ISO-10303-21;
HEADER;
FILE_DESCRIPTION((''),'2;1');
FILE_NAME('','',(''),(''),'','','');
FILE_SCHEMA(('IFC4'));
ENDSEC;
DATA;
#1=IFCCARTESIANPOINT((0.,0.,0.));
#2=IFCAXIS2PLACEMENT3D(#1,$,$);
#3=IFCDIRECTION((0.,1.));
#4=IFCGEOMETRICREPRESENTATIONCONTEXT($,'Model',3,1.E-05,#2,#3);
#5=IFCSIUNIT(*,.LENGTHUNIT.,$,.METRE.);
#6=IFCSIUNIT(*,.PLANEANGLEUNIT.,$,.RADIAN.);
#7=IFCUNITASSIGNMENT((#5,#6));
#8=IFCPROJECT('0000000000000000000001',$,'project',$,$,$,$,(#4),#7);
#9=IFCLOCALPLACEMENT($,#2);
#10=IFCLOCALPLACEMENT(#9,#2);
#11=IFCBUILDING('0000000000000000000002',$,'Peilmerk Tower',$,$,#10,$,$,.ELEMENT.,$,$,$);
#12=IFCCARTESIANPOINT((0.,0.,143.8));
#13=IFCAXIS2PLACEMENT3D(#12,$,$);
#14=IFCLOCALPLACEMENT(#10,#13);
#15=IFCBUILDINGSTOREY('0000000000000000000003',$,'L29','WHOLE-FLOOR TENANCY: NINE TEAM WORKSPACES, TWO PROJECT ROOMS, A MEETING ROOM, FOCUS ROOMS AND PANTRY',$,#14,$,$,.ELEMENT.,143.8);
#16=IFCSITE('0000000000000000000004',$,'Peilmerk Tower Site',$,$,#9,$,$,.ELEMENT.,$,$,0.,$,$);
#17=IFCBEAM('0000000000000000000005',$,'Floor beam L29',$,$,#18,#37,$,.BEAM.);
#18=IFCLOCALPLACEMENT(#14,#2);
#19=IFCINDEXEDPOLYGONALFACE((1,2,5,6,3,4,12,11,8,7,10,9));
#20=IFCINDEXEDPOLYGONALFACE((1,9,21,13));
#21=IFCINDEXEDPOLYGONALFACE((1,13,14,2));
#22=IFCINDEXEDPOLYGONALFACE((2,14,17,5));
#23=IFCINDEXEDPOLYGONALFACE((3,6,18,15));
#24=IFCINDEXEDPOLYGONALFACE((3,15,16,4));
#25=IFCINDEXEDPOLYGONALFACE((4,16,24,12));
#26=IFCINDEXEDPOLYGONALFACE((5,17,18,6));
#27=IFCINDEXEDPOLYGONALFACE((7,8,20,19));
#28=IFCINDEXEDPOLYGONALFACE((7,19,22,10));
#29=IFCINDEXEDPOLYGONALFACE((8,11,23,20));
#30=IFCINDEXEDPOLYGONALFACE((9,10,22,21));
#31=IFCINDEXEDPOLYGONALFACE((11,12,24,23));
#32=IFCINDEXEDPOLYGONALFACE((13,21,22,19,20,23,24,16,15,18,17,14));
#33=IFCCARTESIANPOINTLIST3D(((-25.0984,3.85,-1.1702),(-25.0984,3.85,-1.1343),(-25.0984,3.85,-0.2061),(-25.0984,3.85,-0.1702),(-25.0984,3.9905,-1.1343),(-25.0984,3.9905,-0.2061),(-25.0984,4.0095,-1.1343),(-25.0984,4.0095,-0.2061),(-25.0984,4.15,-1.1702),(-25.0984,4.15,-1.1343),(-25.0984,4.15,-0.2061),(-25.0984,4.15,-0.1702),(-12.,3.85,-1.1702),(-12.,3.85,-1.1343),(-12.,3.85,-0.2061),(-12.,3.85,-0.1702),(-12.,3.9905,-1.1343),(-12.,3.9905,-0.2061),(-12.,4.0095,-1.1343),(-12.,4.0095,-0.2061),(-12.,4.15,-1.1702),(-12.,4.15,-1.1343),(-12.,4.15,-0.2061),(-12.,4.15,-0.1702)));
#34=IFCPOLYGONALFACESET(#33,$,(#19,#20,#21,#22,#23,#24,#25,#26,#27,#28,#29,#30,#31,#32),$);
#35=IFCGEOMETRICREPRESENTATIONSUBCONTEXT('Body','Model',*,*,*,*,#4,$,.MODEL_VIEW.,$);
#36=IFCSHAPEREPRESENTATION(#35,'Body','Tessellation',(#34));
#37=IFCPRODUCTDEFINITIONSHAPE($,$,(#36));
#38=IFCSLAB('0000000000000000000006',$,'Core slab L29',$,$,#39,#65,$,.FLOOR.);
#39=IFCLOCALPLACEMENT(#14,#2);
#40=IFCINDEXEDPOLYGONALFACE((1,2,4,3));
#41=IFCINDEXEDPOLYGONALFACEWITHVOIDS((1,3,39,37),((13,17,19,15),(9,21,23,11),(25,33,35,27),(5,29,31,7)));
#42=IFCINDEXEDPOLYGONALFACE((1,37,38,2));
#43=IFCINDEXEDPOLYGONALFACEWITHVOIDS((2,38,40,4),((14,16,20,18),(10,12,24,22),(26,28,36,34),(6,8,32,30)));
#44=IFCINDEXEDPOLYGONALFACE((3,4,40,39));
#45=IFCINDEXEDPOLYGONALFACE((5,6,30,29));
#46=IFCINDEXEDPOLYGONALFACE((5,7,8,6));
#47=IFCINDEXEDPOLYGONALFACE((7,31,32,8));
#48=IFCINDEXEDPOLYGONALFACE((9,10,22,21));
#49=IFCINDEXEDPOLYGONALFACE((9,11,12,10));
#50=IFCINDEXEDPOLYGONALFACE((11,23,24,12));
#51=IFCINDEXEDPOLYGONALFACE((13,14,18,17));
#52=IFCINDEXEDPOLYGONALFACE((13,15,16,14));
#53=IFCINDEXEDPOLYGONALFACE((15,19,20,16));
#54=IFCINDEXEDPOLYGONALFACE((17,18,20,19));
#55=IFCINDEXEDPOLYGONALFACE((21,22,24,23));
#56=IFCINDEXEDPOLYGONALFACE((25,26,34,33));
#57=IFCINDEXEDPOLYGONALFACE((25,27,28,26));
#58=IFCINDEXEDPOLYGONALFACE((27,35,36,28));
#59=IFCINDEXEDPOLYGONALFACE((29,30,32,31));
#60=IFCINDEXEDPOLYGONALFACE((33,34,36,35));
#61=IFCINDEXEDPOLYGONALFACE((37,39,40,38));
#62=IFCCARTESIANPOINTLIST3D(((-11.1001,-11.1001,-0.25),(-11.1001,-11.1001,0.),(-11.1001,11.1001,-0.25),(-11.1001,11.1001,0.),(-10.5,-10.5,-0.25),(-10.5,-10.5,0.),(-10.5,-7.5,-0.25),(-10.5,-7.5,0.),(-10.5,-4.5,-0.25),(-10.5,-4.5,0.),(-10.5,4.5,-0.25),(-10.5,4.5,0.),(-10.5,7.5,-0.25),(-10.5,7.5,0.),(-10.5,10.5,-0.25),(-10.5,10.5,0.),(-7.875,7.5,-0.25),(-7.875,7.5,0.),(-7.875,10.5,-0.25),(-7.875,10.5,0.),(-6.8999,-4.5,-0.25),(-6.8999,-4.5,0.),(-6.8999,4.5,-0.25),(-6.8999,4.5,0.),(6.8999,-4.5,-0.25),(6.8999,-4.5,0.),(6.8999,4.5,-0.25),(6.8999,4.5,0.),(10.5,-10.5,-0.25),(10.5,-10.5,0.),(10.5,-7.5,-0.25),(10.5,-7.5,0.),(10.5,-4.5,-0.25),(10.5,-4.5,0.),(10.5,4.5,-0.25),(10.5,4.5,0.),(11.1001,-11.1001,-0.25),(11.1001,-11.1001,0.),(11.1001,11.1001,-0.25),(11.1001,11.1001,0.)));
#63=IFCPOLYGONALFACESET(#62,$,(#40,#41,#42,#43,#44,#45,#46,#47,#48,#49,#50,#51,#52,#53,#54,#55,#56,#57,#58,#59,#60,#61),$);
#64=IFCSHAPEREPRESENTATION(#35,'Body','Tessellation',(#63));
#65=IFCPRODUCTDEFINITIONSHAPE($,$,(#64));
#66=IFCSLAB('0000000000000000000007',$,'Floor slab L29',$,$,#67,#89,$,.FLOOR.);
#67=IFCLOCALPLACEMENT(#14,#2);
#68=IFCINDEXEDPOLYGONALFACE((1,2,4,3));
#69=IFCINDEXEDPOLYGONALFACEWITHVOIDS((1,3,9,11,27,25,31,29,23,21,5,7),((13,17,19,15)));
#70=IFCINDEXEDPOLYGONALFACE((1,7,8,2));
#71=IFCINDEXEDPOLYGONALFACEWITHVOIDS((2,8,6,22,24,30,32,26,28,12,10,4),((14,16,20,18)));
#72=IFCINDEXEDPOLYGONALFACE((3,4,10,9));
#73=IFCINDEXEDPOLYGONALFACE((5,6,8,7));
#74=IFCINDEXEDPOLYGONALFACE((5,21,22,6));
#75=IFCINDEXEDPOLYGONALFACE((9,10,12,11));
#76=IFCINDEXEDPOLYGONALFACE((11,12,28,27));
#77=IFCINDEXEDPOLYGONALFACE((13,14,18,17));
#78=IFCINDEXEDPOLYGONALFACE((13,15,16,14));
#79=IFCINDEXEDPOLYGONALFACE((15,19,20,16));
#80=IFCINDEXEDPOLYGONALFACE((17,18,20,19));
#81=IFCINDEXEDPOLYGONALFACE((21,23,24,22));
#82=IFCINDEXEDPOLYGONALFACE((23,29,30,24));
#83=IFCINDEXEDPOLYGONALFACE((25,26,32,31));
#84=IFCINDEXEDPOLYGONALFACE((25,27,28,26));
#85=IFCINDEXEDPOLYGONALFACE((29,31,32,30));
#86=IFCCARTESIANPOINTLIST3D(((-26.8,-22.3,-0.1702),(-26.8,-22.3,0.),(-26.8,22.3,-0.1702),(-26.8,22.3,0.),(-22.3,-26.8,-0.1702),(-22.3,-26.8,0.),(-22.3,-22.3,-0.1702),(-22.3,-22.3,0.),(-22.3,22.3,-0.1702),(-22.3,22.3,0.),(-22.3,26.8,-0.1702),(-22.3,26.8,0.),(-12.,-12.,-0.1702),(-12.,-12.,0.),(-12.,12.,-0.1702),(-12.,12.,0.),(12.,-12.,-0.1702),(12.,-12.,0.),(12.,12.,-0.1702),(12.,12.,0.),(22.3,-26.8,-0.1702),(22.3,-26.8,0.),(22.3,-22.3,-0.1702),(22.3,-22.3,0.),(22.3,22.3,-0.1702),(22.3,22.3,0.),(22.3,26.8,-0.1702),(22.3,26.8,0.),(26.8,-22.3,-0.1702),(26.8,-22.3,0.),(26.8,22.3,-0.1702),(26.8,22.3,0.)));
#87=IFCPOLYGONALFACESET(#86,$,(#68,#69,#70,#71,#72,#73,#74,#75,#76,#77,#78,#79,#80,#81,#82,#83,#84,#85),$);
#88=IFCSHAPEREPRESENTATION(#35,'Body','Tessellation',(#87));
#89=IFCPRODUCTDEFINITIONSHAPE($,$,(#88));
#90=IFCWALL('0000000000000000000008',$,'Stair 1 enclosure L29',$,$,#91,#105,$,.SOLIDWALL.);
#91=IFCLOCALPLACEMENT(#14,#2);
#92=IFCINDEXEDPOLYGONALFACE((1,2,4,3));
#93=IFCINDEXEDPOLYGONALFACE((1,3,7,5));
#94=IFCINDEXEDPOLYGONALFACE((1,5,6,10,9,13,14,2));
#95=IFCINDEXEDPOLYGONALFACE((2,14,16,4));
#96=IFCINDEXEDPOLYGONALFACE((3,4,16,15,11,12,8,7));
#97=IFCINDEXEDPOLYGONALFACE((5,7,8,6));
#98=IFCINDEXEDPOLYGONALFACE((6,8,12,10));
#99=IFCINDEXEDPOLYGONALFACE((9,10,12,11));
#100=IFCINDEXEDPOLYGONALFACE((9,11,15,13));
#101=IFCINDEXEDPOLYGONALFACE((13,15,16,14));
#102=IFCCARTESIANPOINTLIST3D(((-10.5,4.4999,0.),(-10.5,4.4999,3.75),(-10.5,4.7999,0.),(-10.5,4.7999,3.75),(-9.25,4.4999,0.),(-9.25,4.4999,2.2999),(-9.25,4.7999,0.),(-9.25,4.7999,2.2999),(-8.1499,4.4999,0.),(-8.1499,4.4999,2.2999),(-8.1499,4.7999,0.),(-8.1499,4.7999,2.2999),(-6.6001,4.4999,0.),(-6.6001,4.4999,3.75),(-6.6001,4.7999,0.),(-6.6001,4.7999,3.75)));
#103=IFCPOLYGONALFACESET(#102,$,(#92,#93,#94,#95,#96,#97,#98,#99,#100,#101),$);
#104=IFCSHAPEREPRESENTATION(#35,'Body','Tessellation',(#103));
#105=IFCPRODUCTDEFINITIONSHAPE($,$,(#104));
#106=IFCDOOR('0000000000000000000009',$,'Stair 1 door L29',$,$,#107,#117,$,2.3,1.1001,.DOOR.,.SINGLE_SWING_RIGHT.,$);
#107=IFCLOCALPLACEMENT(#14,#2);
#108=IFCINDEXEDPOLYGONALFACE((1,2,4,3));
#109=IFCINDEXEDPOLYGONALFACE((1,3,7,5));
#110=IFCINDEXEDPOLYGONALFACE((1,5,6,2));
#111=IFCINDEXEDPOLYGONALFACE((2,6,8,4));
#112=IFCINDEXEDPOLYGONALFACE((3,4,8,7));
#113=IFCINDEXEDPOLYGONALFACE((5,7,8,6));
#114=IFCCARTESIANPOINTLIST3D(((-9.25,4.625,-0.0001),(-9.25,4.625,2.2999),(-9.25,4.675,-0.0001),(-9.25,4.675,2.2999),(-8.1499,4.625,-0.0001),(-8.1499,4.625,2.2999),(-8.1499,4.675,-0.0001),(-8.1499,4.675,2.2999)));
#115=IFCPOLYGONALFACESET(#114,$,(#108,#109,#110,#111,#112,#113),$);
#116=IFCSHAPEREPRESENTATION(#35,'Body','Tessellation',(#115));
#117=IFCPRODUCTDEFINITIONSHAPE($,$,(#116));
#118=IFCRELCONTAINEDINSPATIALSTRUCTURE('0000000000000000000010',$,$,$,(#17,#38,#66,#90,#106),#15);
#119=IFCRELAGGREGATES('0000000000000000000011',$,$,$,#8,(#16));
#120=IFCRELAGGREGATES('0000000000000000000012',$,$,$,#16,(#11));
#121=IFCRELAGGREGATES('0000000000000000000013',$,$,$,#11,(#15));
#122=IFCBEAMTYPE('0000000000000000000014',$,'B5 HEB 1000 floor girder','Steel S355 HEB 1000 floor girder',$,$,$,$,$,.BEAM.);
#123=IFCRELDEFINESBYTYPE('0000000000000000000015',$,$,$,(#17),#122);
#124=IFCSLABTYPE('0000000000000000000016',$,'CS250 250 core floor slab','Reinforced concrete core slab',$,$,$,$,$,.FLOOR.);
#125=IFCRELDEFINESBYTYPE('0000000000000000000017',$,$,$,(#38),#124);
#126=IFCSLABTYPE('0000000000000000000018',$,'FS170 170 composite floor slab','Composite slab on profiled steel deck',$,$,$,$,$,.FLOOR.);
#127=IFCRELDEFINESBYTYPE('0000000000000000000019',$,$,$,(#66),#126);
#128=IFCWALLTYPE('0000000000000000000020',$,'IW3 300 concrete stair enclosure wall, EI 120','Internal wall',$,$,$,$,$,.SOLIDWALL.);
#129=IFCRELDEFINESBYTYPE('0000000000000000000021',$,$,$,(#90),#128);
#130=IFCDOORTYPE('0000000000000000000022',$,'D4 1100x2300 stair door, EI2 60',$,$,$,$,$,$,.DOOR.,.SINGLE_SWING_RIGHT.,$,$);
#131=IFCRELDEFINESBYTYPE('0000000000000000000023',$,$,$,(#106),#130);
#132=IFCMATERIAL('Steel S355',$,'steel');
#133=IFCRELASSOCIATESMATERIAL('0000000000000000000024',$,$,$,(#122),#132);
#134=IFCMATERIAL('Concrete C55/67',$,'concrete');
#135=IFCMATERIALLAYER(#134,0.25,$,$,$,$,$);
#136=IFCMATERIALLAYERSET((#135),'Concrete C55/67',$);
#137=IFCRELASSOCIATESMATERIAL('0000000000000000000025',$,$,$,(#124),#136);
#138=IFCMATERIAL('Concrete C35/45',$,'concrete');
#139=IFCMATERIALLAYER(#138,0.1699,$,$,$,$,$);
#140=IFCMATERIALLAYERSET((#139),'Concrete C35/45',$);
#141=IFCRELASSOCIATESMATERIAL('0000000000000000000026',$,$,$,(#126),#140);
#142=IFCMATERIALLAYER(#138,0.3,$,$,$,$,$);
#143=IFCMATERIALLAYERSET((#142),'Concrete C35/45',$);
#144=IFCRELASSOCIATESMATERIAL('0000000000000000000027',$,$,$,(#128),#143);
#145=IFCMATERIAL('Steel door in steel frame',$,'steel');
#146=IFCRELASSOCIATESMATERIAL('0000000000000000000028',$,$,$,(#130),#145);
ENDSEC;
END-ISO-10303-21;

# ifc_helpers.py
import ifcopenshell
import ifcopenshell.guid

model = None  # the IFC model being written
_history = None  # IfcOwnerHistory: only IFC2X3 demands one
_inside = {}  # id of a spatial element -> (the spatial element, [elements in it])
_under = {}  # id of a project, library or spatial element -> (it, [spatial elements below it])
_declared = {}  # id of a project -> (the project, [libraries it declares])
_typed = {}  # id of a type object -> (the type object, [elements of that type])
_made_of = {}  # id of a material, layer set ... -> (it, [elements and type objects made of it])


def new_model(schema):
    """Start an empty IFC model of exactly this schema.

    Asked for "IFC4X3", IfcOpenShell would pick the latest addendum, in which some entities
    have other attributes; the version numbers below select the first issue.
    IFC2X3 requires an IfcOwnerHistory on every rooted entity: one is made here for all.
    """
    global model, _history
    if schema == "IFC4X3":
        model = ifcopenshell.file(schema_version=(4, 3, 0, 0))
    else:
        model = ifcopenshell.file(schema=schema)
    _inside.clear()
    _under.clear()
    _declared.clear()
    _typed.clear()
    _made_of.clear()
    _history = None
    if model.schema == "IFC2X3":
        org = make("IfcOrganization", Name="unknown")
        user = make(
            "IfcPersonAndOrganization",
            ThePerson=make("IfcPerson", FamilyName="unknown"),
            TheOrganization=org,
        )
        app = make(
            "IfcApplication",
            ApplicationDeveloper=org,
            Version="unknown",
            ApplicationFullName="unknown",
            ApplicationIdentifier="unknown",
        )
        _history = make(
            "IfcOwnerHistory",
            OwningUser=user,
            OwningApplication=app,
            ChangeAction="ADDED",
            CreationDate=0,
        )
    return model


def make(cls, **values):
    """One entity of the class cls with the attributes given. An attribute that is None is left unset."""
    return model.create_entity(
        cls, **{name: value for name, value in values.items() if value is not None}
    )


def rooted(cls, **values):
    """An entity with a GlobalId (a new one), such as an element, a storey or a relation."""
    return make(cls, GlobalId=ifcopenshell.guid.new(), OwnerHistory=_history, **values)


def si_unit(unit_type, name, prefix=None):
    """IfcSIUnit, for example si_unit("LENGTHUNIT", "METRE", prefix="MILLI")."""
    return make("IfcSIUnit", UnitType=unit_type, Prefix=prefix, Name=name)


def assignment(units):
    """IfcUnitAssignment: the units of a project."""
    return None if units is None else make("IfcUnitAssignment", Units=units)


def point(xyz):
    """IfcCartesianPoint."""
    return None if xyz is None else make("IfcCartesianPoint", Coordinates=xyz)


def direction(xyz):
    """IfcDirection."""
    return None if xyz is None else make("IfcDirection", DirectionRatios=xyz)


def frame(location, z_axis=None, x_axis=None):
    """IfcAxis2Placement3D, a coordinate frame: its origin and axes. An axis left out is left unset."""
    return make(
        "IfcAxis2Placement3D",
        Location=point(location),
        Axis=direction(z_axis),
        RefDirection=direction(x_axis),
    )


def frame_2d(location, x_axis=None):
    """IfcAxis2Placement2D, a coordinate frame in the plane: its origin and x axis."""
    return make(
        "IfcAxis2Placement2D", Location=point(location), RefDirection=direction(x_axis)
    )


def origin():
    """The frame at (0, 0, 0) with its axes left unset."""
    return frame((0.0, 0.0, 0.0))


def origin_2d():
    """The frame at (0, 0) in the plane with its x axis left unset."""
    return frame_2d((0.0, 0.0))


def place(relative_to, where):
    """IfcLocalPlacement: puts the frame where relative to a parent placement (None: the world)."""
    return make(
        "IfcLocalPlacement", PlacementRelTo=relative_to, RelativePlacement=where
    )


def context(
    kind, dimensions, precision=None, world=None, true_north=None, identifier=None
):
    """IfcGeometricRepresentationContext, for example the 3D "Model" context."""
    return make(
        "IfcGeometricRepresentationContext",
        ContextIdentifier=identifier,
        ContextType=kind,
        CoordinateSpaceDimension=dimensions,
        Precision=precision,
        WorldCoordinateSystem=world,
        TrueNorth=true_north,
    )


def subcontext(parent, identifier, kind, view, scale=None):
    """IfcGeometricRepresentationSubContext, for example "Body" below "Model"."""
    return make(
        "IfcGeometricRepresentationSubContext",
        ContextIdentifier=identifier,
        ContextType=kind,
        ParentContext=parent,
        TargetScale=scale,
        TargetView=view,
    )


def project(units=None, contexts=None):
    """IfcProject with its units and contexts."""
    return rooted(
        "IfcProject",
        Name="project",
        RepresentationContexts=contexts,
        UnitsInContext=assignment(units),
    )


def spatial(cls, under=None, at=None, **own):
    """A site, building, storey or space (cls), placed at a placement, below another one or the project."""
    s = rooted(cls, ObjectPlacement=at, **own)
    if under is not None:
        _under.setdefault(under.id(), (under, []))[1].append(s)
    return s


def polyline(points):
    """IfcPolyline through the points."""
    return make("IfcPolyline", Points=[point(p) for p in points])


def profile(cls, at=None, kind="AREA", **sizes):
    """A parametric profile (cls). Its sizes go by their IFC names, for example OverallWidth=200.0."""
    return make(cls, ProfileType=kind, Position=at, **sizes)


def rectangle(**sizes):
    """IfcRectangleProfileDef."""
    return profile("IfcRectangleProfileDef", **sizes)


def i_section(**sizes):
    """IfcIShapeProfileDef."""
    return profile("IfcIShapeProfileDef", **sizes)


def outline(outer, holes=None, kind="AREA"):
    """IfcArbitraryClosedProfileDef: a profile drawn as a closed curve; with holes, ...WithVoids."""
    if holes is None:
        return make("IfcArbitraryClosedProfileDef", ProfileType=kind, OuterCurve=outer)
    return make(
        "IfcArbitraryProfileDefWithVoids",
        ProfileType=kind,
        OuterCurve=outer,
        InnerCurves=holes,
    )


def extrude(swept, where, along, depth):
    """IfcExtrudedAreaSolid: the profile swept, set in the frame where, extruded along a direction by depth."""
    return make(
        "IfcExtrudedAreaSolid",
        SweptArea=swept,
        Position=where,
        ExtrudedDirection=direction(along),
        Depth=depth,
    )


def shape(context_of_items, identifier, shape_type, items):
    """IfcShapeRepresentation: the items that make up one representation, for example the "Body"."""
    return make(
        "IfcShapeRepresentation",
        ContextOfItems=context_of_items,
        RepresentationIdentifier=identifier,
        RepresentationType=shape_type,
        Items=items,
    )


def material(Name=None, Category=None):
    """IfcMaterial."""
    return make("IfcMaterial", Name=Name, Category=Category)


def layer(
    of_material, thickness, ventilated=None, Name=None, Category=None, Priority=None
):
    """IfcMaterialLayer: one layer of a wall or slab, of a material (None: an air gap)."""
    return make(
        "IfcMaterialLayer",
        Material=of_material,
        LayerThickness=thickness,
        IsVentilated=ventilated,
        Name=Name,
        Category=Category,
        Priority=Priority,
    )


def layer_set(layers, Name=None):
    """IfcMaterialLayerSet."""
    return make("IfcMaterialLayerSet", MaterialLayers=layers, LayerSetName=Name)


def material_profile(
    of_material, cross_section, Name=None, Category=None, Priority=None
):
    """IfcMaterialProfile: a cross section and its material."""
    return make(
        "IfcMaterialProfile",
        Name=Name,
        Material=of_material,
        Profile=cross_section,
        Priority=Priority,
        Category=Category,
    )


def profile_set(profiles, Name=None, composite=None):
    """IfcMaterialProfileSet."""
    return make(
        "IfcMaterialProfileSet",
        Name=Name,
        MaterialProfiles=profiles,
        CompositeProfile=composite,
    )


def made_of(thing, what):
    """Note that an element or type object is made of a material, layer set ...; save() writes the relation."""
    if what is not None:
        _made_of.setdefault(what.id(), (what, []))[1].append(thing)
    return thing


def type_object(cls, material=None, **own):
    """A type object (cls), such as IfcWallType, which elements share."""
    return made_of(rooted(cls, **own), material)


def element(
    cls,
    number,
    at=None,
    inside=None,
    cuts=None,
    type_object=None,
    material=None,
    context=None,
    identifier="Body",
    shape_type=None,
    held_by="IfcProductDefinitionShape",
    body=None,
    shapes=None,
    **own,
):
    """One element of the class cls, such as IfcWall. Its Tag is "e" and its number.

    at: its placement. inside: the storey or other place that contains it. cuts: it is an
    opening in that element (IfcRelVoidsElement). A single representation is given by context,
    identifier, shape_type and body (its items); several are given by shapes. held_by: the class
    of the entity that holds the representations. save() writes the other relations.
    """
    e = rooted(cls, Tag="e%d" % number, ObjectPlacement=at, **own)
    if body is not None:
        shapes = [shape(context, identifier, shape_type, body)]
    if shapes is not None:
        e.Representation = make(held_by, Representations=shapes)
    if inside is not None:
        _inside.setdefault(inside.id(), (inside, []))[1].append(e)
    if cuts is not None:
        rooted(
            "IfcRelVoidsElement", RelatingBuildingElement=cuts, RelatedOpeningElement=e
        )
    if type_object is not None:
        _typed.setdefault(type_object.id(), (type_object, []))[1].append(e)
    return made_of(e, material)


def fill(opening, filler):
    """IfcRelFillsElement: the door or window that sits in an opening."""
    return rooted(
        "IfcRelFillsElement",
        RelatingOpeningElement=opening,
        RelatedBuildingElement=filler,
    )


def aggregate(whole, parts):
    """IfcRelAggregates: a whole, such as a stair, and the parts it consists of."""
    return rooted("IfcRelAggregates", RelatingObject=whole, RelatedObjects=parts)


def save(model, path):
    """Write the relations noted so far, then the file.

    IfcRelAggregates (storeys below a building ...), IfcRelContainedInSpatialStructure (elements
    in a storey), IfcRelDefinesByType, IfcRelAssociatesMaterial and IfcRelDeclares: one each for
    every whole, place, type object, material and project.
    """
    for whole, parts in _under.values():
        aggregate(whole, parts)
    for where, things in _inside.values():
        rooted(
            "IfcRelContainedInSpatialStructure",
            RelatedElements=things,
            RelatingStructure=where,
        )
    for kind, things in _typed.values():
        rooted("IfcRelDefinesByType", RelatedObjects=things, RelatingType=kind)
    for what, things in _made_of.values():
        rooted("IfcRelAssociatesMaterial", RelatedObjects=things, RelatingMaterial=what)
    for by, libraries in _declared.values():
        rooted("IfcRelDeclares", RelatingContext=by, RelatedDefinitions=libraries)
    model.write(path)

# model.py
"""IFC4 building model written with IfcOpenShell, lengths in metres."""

from ifc_helpers import new_model, si_unit, direction, frame, frame_2d, origin, origin_2d, place, context, subcontext, project, spatial, polyline, rectangle, i_section, outline, extrude, material, layer, layer_set, material_profile, profile_set, type_object, element, fill, save


model = new_model("IFC4")

# Units and contexts
model_context = context("Model", 3, precision=1e-05, world=origin(), true_north=direction((0.0, 1.0)))
body_context = subcontext(model_context, "Body", "Model", "MODEL_VIEW")
ifc_project = project(units=[si_unit("LENGTHUNIT", "METRE"), si_unit("PLANEANGLEUNIT", "RADIAN")], contexts=[model_context])

# Site, building, storey
site_placement = place(None, origin())
site = spatial("IfcSite", under=ifc_project, at=site_placement, Name="Peilmerk Tower Site", CompositionType="ELEMENT", RefElevation=0.0)
building_placement = place(site_placement, origin())
building = spatial("IfcBuilding", under=site, at=building_placement, Name="Peilmerk Tower", CompositionType="ELEMENT")
storey_placement = place(building_placement, frame((0.0, 0.0, 143.8)))
storey = spatial("IfcBuildingStorey", under=building, at=storey_placement, Name="L29", Description="WHOLE-FLOOR TENANCY: NINE TEAM WORKSPACES, TWO PROJECT ROOMS, A MEETING ROOM, FOCUS ROOMS AND PANTRY", CompositionType="ELEMENT", Elevation=143.8)

# Beam
ifc_material_1 = material(Name="Steel S355", Category="steel")
ifc_material_profile = material_profile(ifc_material_1, i_section(OverallWidth=0.3, OverallDepth=1.0, WebThickness=0.019, FlangeThickness=0.0359, at=origin_2d()), Name="HEB 1000")
ifc_profile_set = profile_set([ifc_material_profile], Name="Steel S355")
beam_type = type_object("IfcBeamType", Name="B5 HEB 1000 floor girder", Description="Steel S355 HEB 1000 floor girder", PredefinedType="BEAM", material=ifc_profile_set)
beam_placement = place(storey_placement, frame((-12.0, 4.0, -0.6702), z_axis=(-1.0, 0.0, 0.0), x_axis=(0.0, -1.0, 0.0)))
element("IfcBeam", 1, at=beam_placement, inside=storey, type_object=beam_type, Name="Floor beam L29", PredefinedType="BEAM", context=body_context, shape_type="SweptSolid", body=[
    extrude(i_section(OverallWidth=0.3, OverallDepth=1.0, WebThickness=0.019, FlangeThickness=0.0359, at=origin_2d()), origin(), (0.0, 0.0, 1.0), 13.0984),
])

# Slabs
ifc_material_2 = material(Name="Concrete C55/67", Category="concrete")
ifc_layer_1 = layer(ifc_material_2, 0.25)
ifc_layer_set_1 = layer_set([ifc_layer_1], Name="Concrete C55/67")
slab_type_1 = type_object("IfcSlabType", Name="CS250 250 core floor slab", Description="Reinforced concrete core slab", PredefinedType="FLOOR", material=ifc_layer_set_1)
slab_1_placement = place(storey_placement, frame((0.0, 0.0, -0.25)))
element("IfcSlab", 2, at=slab_1_placement, inside=storey, type_object=slab_type_1, Name="Core slab L29", PredefinedType="FLOOR", context=body_context, shape_type="SweptSolid", body=[
    extrude(outline(polyline([(11.1001, 11.1001), (-11.1001, 11.1001), (-11.1001, -11.1001), (11.1001, -11.1001), (11.1001, 11.1001)]), holes=[polyline([(-10.5, 7.5), (-10.5, 10.5), (-7.875, 10.5), (-7.875, 7.5), (-10.5, 7.5)]), polyline([(-10.5, -10.5), (-10.5, -7.5), (10.5, -7.5), (10.5, -10.5), (-10.5, -10.5)]), polyline([(-10.5, 4.5), (-6.8999, 4.5), (-6.8999, -4.5), (-10.5, -4.5), (-10.5, 4.5)]), polyline([(10.5, 4.5), (10.5, -4.5), (6.8999, -4.5), (6.8999, 4.5), (10.5, 4.5)])]), origin(), (0.0, 0.0, 1.0), 0.25),
])
ifc_material_3 = material(Name="Concrete C35/45", Category="concrete")
ifc_layer_2 = layer(ifc_material_3, 0.1699)
ifc_layer_set_2 = layer_set([ifc_layer_2], Name="Concrete C35/45")
slab_type_2 = type_object("IfcSlabType", Name="FS170 170 composite floor slab", Description="Composite slab on profiled steel deck", PredefinedType="FLOOR", material=ifc_layer_set_2)
slab_2_placement = place(storey_placement, frame((0.0, 0.0, -0.1702)))
element("IfcSlab", 3, at=slab_2_placement, inside=storey, type_object=slab_type_2, Name="Floor slab L29", PredefinedType="FLOOR", context=body_context, shape_type="SweptSolid", body=[
    extrude(outline(polyline([(-22.3, -26.8), (22.3, -26.8), (22.3, -22.3), (26.8, -22.3), (26.8, 22.3), (22.3, 22.3), (22.3, 26.8), (-22.3, 26.8), (-22.3, 22.3), (-26.8, 22.3), (-26.8, -22.3), (-22.3, -22.3), (-22.3, -26.8)]), holes=[polyline([(12.0, 12.0), (12.0, -12.0), (-12.0, -12.0), (-12.0, 12.0), (12.0, 12.0)])]), origin(), (0.0, 0.0, 1.0), 0.1702),
])

# Wall, opening, door
ifc_layer_3 = layer(ifc_material_3, 0.3)
ifc_layer_set_3 = layer_set([ifc_layer_3], Name="Concrete C35/45")
wall_type_1 = type_object("IfcWallType", Name="IW3 300 concrete stair enclosure wall, EI 120", Description="Internal wall", PredefinedType="SOLIDWALL", material=ifc_layer_set_3)
wall_1_placement = place(storey_placement, frame((-10.5, 4.6499, 0.0), z_axis=(0.0, 0.0, 1.0), x_axis=(1.0, 0.0, 0.0)))
wall_1 = element("IfcWall", 4, at=wall_1_placement, inside=storey, type_object=wall_type_1, Name="Stair 1 enclosure L29", PredefinedType="SOLIDWALL", context=body_context, shape_type="SweptSolid", body=[
    extrude(rectangle(XDim=3.8999, YDim=0.3, at=frame_2d((1.95, 0.0))), origin(), (0.0, 0.0, 1.0), 3.75),
])
opening_1_placement = place(wall_1_placement, frame((1.25, 0.0, 0.0)))
opening_1 = element("IfcOpeningElement", 5, at=opening_1_placement, cuts=wall_1, PredefinedType="OPENING", context=body_context, shape_type="SweptSolid", body=[
    extrude(rectangle(XDim=1.1001, YDim=2.3, at=frame_2d((0.55, 1.1499))), frame((0.0, 0.1599, 0.0), z_axis=(0.0, -1.0, 0.0), x_axis=(1.0, 0.0, 0.0)), (0.0, 0.0, 1.0), 0.3201),
])
ifc_material_4 = material(Name="Steel door in steel frame", Category="steel")
door_type_1 = type_object("IfcDoorType", Name="D4 1100x2300 stair door, EI2 60", OperationType="SINGLE_SWING_RIGHT", PredefinedType="DOOR", material=ifc_material_4)
door_1_placement = place(opening_1_placement, frame((1.1001, 0.0, 0.0), z_axis=(0.0, 0.0, 1.0), x_axis=(-1.0, 0.0, 0.0)))
door_1 = element("IfcDoor", 6, at=door_1_placement, inside=storey, type_object=door_type_1, Name="Stair 1 door L29", OperationType="SINGLE_SWING_RIGHT", OverallHeight=2.3, OverallWidth=1.1001, PredefinedType="DOOR", context=body_context, shape_type="SweptSolid", body=[
    extrude(rectangle(XDim=1.1001, YDim=2.3, at=frame_2d((0.55, 1.1499))), frame((0.0, 0.0249, 0.0), z_axis=(0.0, -1.0, 0.0), x_axis=(1.0, 0.0, 0.0)), (0.0, 0.0, 1.0), 0.05),
])
fill(opening_1, door_1)

save(model, "model.ifc")
